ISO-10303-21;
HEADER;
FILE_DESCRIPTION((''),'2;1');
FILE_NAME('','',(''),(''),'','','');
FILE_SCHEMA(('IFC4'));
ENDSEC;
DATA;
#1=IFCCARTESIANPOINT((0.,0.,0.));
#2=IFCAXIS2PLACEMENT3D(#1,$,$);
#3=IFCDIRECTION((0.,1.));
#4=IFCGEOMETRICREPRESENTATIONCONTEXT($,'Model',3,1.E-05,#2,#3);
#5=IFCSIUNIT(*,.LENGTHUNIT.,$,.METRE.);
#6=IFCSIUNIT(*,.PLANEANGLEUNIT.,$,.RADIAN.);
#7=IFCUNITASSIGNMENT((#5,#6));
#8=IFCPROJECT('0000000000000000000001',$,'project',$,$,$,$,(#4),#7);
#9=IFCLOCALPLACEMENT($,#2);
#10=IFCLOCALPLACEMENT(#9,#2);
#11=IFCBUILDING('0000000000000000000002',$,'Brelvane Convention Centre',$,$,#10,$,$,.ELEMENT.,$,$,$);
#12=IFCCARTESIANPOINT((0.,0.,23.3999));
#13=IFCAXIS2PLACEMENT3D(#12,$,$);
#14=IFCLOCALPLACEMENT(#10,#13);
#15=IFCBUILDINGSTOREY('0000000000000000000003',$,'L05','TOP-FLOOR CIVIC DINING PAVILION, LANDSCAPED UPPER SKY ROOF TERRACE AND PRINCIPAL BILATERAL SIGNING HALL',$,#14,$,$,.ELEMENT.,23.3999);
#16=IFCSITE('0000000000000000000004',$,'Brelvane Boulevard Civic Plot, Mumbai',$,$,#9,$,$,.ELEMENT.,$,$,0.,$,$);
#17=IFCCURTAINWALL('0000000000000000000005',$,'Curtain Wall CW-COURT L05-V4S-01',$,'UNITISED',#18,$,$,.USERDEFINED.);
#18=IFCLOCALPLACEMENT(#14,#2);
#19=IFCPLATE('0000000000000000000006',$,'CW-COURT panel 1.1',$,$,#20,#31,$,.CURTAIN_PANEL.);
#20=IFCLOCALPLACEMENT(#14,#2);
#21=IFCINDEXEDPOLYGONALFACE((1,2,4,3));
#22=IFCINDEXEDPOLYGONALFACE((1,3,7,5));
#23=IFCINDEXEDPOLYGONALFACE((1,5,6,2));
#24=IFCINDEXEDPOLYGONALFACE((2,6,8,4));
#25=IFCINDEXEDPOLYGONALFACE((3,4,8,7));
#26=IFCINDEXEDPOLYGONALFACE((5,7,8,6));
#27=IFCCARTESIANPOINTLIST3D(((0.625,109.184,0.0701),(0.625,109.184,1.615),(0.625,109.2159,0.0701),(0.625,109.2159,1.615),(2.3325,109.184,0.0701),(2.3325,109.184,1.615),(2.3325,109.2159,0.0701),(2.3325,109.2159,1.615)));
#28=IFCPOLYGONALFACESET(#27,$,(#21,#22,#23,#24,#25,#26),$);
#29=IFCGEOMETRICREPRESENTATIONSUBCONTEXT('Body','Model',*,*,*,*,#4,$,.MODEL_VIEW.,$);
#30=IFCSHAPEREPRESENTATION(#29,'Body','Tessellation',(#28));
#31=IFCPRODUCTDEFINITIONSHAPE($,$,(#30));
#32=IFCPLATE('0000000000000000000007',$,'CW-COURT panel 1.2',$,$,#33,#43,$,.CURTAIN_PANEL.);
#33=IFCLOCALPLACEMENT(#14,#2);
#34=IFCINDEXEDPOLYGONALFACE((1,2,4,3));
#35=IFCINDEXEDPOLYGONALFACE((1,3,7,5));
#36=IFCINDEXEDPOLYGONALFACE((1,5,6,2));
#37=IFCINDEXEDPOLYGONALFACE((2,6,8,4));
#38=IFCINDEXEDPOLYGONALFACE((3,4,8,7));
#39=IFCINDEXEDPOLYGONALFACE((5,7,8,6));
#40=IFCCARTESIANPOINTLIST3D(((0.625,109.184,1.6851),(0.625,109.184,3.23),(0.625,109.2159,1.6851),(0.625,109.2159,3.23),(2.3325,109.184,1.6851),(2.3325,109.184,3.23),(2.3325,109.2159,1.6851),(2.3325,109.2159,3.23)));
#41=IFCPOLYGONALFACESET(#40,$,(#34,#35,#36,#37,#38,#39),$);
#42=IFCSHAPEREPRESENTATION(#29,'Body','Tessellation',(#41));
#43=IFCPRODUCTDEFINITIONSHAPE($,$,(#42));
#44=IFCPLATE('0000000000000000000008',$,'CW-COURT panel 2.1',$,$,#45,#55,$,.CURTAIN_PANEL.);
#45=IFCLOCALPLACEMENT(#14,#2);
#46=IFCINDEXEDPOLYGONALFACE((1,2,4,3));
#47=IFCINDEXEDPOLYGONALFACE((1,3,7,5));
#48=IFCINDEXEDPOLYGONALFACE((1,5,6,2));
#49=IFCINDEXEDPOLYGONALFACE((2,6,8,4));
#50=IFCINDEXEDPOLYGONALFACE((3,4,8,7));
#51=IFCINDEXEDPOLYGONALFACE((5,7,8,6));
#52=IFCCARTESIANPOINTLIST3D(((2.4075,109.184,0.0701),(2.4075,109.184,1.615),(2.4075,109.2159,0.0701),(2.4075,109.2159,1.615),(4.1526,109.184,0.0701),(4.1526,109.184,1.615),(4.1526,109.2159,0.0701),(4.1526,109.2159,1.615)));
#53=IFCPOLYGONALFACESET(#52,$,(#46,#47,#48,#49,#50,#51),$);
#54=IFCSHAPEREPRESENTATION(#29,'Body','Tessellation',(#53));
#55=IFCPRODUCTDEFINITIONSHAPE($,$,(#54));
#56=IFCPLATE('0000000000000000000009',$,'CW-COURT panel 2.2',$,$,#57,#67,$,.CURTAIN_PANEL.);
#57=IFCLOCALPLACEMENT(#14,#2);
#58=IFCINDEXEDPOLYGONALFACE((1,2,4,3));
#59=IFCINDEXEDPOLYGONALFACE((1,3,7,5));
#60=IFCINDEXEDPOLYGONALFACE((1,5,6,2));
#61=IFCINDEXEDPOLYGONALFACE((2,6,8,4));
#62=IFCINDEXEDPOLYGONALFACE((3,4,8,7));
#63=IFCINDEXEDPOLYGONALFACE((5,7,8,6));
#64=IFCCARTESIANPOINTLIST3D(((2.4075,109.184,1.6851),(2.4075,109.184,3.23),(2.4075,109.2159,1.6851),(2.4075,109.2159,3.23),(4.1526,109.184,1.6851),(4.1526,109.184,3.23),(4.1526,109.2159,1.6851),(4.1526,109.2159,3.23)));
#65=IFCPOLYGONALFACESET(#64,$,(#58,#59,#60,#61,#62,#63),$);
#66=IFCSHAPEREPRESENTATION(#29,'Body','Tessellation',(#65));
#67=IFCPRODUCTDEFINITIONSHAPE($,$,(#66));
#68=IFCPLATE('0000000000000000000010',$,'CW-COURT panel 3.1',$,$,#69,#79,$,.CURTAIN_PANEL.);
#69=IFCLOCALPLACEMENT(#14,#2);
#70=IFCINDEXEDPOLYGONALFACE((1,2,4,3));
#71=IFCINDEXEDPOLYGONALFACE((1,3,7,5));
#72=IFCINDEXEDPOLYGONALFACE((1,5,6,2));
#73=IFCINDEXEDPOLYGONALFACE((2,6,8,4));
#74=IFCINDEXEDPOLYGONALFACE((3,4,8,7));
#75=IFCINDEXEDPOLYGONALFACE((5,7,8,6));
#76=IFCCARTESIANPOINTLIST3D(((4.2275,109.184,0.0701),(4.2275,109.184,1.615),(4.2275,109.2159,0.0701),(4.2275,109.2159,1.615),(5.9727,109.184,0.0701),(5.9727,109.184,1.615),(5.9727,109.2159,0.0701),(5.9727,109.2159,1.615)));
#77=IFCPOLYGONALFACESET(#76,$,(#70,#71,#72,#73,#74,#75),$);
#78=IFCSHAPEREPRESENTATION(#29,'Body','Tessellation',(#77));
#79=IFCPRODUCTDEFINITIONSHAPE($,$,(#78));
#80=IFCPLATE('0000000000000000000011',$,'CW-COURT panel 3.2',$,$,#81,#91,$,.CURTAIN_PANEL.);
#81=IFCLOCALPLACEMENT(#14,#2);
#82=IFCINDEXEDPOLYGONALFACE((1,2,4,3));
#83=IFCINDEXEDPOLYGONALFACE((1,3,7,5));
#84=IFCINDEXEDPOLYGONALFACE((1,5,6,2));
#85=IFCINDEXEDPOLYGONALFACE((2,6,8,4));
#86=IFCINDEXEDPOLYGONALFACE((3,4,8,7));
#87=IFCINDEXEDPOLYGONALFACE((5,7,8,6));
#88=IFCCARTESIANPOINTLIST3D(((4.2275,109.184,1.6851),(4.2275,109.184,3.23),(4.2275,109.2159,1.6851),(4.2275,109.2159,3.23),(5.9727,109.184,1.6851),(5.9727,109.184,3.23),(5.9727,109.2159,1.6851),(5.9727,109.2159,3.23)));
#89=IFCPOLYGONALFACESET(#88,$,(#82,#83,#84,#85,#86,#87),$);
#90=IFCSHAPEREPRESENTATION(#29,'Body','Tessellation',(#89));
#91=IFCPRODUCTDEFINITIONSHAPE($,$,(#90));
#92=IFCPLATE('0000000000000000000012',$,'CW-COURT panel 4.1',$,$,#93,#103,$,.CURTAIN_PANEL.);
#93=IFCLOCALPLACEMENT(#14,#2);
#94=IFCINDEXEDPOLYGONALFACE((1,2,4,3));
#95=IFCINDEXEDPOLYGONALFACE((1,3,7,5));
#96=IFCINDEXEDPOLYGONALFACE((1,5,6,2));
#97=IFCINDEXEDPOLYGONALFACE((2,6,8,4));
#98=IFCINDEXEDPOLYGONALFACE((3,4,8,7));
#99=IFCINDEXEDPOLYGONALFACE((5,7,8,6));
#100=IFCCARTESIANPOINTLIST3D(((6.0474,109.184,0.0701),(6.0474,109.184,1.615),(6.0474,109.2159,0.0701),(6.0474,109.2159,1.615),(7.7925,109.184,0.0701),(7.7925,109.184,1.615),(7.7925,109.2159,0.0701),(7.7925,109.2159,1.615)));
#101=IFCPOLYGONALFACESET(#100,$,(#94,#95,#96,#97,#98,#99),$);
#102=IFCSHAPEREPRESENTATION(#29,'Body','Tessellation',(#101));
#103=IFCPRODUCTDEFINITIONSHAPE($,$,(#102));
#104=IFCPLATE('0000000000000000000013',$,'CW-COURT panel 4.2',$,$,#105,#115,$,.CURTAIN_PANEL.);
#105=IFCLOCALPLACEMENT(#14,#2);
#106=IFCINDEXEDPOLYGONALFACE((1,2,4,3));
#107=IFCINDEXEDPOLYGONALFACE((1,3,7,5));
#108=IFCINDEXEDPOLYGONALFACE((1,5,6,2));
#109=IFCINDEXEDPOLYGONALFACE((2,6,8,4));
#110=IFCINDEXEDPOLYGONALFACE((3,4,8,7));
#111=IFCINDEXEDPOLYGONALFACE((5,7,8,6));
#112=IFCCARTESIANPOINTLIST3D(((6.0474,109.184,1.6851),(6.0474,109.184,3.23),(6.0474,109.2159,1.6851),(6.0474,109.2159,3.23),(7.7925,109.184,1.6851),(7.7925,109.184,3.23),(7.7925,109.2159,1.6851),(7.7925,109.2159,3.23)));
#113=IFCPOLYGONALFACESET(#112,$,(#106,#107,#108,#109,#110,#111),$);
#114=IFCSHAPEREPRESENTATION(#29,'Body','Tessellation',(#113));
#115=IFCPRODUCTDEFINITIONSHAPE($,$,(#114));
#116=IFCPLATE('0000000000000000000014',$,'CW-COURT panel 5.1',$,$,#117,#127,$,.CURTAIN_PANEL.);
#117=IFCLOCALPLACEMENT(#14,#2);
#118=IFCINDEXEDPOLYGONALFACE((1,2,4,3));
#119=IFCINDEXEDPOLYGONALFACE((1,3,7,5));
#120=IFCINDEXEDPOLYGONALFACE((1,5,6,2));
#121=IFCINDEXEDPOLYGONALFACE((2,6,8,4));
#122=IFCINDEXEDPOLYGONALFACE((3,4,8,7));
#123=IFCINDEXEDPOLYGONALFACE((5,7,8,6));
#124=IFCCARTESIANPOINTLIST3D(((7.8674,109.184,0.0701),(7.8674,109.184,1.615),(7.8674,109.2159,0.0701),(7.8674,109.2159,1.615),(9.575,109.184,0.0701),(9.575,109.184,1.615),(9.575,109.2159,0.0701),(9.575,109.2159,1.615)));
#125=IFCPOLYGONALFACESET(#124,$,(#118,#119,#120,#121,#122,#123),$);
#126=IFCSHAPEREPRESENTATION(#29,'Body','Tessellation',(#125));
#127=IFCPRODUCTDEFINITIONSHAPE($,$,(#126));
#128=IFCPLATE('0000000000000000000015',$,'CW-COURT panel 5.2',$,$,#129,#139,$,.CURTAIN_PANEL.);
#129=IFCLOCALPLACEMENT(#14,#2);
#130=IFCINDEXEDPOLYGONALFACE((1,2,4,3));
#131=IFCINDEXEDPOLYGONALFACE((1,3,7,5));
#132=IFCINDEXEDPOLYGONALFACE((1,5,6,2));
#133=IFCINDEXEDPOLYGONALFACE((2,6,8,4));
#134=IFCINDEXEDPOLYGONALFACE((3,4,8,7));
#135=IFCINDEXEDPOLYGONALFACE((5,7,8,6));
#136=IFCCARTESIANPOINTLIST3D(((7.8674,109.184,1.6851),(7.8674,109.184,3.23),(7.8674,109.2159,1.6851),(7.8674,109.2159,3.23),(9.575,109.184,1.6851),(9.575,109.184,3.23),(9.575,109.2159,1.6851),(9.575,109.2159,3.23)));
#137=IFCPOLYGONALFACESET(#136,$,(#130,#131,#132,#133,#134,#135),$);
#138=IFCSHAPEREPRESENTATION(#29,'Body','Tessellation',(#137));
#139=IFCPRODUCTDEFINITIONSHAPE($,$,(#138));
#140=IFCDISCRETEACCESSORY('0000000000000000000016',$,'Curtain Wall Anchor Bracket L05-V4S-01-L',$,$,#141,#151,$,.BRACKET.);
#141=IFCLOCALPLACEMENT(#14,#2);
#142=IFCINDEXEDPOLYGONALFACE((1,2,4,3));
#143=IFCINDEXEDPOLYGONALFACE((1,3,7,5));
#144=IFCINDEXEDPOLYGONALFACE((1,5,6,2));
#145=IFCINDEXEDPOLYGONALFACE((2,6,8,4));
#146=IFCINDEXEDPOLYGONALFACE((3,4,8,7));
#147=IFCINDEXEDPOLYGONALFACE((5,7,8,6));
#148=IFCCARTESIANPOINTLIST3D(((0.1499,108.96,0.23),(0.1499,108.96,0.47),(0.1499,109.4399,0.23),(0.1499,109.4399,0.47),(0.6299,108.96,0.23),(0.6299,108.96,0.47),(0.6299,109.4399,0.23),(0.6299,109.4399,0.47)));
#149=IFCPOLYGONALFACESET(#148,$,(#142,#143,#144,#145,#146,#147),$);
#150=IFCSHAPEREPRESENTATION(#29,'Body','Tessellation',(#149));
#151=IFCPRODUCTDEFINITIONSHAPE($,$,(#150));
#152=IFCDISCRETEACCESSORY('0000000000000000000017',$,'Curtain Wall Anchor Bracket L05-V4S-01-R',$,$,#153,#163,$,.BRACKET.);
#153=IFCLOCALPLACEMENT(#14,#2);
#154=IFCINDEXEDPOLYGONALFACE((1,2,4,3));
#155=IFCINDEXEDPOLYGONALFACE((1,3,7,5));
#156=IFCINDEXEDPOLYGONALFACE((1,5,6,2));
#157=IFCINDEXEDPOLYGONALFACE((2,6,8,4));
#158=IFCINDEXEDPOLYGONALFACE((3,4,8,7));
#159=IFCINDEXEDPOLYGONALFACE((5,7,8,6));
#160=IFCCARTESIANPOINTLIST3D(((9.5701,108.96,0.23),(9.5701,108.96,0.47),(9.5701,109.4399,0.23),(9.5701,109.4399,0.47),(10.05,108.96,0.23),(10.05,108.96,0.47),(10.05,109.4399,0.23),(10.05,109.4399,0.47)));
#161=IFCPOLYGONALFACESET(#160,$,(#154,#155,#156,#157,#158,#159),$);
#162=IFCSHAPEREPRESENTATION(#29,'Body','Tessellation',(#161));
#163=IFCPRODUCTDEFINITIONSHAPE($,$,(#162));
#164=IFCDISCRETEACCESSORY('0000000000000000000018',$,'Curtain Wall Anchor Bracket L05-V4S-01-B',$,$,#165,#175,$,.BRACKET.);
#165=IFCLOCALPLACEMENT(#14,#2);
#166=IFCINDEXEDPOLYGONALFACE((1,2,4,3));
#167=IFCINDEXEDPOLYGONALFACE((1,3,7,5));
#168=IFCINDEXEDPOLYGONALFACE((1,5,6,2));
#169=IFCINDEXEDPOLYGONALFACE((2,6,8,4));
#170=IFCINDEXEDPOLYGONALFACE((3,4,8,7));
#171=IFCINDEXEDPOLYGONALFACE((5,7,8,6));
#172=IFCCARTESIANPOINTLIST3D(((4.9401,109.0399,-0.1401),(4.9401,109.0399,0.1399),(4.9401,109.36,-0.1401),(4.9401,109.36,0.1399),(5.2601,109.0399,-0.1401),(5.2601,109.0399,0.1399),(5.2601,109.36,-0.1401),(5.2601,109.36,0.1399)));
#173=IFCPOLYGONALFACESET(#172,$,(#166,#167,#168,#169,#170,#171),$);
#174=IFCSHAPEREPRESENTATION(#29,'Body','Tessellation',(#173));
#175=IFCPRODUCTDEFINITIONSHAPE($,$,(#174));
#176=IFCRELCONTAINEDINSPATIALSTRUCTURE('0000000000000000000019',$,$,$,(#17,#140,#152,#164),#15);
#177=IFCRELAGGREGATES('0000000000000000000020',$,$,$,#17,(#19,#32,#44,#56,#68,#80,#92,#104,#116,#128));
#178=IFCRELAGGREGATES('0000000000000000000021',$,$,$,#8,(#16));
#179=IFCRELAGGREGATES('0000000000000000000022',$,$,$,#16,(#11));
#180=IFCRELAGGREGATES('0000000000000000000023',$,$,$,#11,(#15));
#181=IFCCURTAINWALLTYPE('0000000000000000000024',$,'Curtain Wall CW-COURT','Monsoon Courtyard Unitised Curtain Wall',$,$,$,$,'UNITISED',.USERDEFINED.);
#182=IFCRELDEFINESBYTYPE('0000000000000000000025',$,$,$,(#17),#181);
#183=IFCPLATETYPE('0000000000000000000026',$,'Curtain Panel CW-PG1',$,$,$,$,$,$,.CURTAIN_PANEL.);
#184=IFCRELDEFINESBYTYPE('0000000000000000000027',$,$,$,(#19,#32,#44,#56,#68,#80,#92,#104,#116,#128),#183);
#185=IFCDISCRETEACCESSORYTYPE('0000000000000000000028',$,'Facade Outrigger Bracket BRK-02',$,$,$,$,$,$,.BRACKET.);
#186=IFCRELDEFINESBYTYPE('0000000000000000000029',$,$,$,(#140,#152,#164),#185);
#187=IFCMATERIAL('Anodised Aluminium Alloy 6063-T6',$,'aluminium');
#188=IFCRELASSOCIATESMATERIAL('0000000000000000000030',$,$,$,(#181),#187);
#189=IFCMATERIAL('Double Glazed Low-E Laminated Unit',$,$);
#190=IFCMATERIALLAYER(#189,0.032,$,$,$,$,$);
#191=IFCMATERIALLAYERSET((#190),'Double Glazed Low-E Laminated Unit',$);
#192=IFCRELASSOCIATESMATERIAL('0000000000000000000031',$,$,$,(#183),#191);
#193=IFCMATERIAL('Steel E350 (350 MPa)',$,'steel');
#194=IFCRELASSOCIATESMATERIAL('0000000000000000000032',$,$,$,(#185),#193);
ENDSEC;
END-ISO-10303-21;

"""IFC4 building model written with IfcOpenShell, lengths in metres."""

from ifc_helpers import new_model, si_unit, direction, frame, origin, origin_2d, place, context, subcontext, project, spatial, rectangle, extrude, material, layer, layer_set, type_object, element, aggregate, save


model = new_model("IFC4")

# Units and contexts
model_context = context("Model", 3, precision=1e-05, world=origin(), true_north=direction((0.0, 1.0)))
body_context = subcontext(model_context, "Body", "Model", "MODEL_VIEW")
ifc_project = project(units=[si_unit("LENGTHUNIT", "METRE"), si_unit("PLANEANGLEUNIT", "RADIAN")], contexts=[model_context])

# Site, building, storey
site_placement = place(None, origin())
site = spatial("IfcSite", under=ifc_project, at=site_placement, Name="Brelvane Boulevard Civic Plot, Mumbai", CompositionType="ELEMENT", RefElevation=0.0)
building_placement = place(site_placement, origin())
building = spatial("IfcBuilding", under=site, at=building_placement, Name="Brelvane Convention Centre", CompositionType="ELEMENT")
storey_placement = place(building_placement, frame((0.0, 0.0, 23.3999)))
storey = spatial("IfcBuildingStorey", under=building, at=storey_placement, Name="L05", Description="TOP-FLOOR CIVIC DINING PAVILION, LANDSCAPED UPPER SKY ROOF TERRACE AND PRINCIPAL BILATERAL SIGNING HALL", CompositionType="ELEMENT", Elevation=23.3999)

# Curtain wall
ifc_material_1 = material(Name="Anodised Aluminium Alloy 6063-T6", Category="aluminium")
curtain_wall_type = type_object("IfcCurtainWallType", Name="Curtain Wall CW-COURT", Description="Monsoon Courtyard Unitised Curtain Wall", ElementType="UNITISED", PredefinedType="USERDEFINED", material=ifc_material_1)
curtain_wall_1_placement = place(storey_placement, origin())
curtain_wall_1 = element("IfcCurtainWall", 1, at=curtain_wall_1_placement, inside=storey, type_object=curtain_wall_type, Name="Curtain Wall CW-COURT L05-V4S-01", ObjectType="UNITISED", PredefinedType="USERDEFINED")

# Plates
ifc_material_2 = material(Name="Double Glazed Low-E Laminated Unit")
ifc_layer = layer(ifc_material_2, 0.032)
ifc_layer_set = layer_set([ifc_layer], Name="Double Glazed Low-E Laminated Unit")
plate_type = type_object("IfcPlateType", Name="Curtain Panel CW-PG1", PredefinedType="CURTAIN_PANEL", material=ifc_layer_set)
plate_1_placement = place(storey_placement, frame((1.4788, 109.2, 0.0701), z_axis=(0.0, 0.0, 1.0), x_axis=(1.0, 0.0, 0.0)))
plate_1 = element("IfcPlate", 2, at=plate_1_placement, type_object=plate_type, Name="CW-COURT panel 1.1", PredefinedType="CURTAIN_PANEL", context=body_context, shape_type="SweptSolid", body=[
    extrude(rectangle(XDim=1.7075, YDim=0.032, at=origin_2d()), origin(), (0.0, 0.0, 1.0), 1.5449),
])
plate_2_placement = place(storey_placement, frame((1.4788, 109.2, 1.6851), z_axis=(0.0, 0.0, 1.0), x_axis=(1.0, 0.0, 0.0)))
plate_2 = element("IfcPlate", 3, at=plate_2_placement, type_object=plate_type, Name="CW-COURT panel 1.2", PredefinedType="CURTAIN_PANEL", context=body_context, shape_type="SweptSolid", body=[
    extrude(rectangle(XDim=1.7075, YDim=0.032, at=origin_2d()), origin(), (0.0, 0.0, 1.0), 1.5449),
])
plate_3_placement = place(storey_placement, frame((3.28, 109.2, 0.0701), z_axis=(0.0, 0.0, 1.0), x_axis=(1.0, 0.0, 0.0)))
plate_3 = element("IfcPlate", 4, at=plate_3_placement, type_object=plate_type, Name="CW-COURT panel 2.1", PredefinedType="CURTAIN_PANEL", context=body_context, shape_type="SweptSolid", body=[
    extrude(rectangle(XDim=1.7451, YDim=0.032, at=origin_2d()), origin(), (0.0, 0.0, 1.0), 1.5449),
])
plate_4_placement = place(storey_placement, frame((3.28, 109.2, 1.6851), z_axis=(0.0, 0.0, 1.0), x_axis=(1.0, 0.0, 0.0)))
plate_4 = element("IfcPlate", 5, at=plate_4_placement, type_object=plate_type, Name="CW-COURT panel 2.2", PredefinedType="CURTAIN_PANEL", context=body_context, shape_type="SweptSolid", body=[
    extrude(rectangle(XDim=1.7451, YDim=0.032, at=origin_2d()), origin(), (0.0, 0.0, 1.0), 1.5449),
])
plate_5_placement = place(storey_placement, frame((5.1001, 109.2, 0.0701), z_axis=(0.0, 0.0, 1.0), x_axis=(1.0, 0.0, 0.0)))
plate_5 = element("IfcPlate", 6, at=plate_5_placement, type_object=plate_type, Name="CW-COURT panel 3.1", PredefinedType="CURTAIN_PANEL", context=body_context, shape_type="SweptSolid", body=[
    extrude(rectangle(XDim=1.7451, YDim=0.032, at=origin_2d()), origin(), (0.0, 0.0, 1.0), 1.5449),
])
plate_6_placement = place(storey_placement, frame((5.1001, 109.2, 1.6851), z_axis=(0.0, 0.0, 1.0), x_axis=(1.0, 0.0, 0.0)))
plate_6 = element("IfcPlate", 7, at=plate_6_placement, type_object=plate_type, Name="CW-COURT panel 3.2", PredefinedType="CURTAIN_PANEL", context=body_context, shape_type="SweptSolid", body=[
    extrude(rectangle(XDim=1.7451, YDim=0.032, at=origin_2d()), origin(), (0.0, 0.0, 1.0), 1.5449),
])
plate_7_placement = place(storey_placement, frame((6.9199, 109.2, 0.0701), z_axis=(0.0, 0.0, 1.0), x_axis=(1.0, 0.0, 0.0)))
plate_7 = element("IfcPlate", 8, at=plate_7_placement, type_object=plate_type, Name="CW-COURT panel 4.1", PredefinedType="CURTAIN_PANEL", context=body_context, shape_type="SweptSolid", body=[
    extrude(rectangle(XDim=1.7451, YDim=0.032, at=origin_2d()), origin(), (0.0, 0.0, 1.0), 1.5449),
])
plate_8_placement = place(storey_placement, frame((6.9199, 109.2, 1.6851), z_axis=(0.0, 0.0, 1.0), x_axis=(1.0, 0.0, 0.0)))
plate_8 = element("IfcPlate", 9, at=plate_8_placement, type_object=plate_type, Name="CW-COURT panel 4.2", PredefinedType="CURTAIN_PANEL", context=body_context, shape_type="SweptSolid", body=[
    extrude(rectangle(XDim=1.7451, YDim=0.032, at=origin_2d()), origin(), (0.0, 0.0, 1.0), 1.5449),
])
plate_9_placement = place(storey_placement, frame((8.7212, 109.2, 0.0701), z_axis=(0.0, 0.0, 1.0), x_axis=(1.0, 0.0, 0.0)))
plate_9 = element("IfcPlate", 10, at=plate_9_placement, type_object=plate_type, Name="CW-COURT panel 5.1", PredefinedType="CURTAIN_PANEL", context=body_context, shape_type="SweptSolid", body=[
    extrude(rectangle(XDim=1.7075, YDim=0.032, at=origin_2d()), origin(), (0.0, 0.0, 1.0), 1.5449),
])
plate_10_placement = place(storey_placement, frame((8.7212, 109.2, 1.6851), z_axis=(0.0, 0.0, 1.0), x_axis=(1.0, 0.0, 0.0)))
plate_10 = element("IfcPlate", 11, at=plate_10_placement, type_object=plate_type, Name="CW-COURT panel 5.2", PredefinedType="CURTAIN_PANEL", context=body_context, shape_type="SweptSolid", body=[
    extrude(rectangle(XDim=1.7075, YDim=0.032, at=origin_2d()), origin(), (0.0, 0.0, 1.0), 1.5449),
])
aggregate(curtain_wall_1, [plate_1, plate_2, plate_3, plate_4, plate_5, plate_6, plate_7, plate_8, plate_9, plate_10])

# Discrete accessories
ifc_material_3 = material(Name="Steel E350 (350 MPa)", Category="steel")
discrete_accessory_type = type_object("IfcDiscreteAccessoryType", Name="Facade Outrigger Bracket BRK-02", PredefinedType="BRACKET", material=ifc_material_3)
for number, where, z_axis, x_axis, name in (
    (12, (0.3899, 109.2, 0.23), (0.0, 0.0, 1.0), (1.0, 0.0, 0.0), "Curtain Wall Anchor Bracket L05-V4S-01-L"),
    (13, (9.8101, 109.2, 0.23), (0.0, 0.0, 1.0), (1.0, 0.0, 0.0), "Curtain Wall Anchor Bracket L05-V4S-01-R"),
):
    element("IfcDiscreteAccessory", number, at=place(storey_placement, frame(where, z_axis=z_axis, x_axis=x_axis)), inside=storey, type_object=discrete_accessory_type, Name=name, PredefinedType="BRACKET", context=body_context, shape_type="SweptSolid", body=[
        extrude(rectangle(XDim=0.48, YDim=0.48, at=origin_2d()), origin(), (0.0, 0.0, 1.0), 0.24),
    ])
discrete_accessory_placement = place(storey_placement, frame((5.1001, 109.2, -0.1401), z_axis=(0.0, 0.0, 1.0), x_axis=(1.0, 0.0, 0.0)))
element("IfcDiscreteAccessory", 14, at=discrete_accessory_placement, inside=storey, type_object=discrete_accessory_type, Name="Curtain Wall Anchor Bracket L05-V4S-01-B", PredefinedType="BRACKET", context=body_context, shape_type="SweptSolid", body=[
    extrude(rectangle(XDim=0.3201, YDim=0.3201, at=origin_2d()), origin(), (0.0, 0.0, 1.0), 0.28),
])

save(model, "model.ifc")
